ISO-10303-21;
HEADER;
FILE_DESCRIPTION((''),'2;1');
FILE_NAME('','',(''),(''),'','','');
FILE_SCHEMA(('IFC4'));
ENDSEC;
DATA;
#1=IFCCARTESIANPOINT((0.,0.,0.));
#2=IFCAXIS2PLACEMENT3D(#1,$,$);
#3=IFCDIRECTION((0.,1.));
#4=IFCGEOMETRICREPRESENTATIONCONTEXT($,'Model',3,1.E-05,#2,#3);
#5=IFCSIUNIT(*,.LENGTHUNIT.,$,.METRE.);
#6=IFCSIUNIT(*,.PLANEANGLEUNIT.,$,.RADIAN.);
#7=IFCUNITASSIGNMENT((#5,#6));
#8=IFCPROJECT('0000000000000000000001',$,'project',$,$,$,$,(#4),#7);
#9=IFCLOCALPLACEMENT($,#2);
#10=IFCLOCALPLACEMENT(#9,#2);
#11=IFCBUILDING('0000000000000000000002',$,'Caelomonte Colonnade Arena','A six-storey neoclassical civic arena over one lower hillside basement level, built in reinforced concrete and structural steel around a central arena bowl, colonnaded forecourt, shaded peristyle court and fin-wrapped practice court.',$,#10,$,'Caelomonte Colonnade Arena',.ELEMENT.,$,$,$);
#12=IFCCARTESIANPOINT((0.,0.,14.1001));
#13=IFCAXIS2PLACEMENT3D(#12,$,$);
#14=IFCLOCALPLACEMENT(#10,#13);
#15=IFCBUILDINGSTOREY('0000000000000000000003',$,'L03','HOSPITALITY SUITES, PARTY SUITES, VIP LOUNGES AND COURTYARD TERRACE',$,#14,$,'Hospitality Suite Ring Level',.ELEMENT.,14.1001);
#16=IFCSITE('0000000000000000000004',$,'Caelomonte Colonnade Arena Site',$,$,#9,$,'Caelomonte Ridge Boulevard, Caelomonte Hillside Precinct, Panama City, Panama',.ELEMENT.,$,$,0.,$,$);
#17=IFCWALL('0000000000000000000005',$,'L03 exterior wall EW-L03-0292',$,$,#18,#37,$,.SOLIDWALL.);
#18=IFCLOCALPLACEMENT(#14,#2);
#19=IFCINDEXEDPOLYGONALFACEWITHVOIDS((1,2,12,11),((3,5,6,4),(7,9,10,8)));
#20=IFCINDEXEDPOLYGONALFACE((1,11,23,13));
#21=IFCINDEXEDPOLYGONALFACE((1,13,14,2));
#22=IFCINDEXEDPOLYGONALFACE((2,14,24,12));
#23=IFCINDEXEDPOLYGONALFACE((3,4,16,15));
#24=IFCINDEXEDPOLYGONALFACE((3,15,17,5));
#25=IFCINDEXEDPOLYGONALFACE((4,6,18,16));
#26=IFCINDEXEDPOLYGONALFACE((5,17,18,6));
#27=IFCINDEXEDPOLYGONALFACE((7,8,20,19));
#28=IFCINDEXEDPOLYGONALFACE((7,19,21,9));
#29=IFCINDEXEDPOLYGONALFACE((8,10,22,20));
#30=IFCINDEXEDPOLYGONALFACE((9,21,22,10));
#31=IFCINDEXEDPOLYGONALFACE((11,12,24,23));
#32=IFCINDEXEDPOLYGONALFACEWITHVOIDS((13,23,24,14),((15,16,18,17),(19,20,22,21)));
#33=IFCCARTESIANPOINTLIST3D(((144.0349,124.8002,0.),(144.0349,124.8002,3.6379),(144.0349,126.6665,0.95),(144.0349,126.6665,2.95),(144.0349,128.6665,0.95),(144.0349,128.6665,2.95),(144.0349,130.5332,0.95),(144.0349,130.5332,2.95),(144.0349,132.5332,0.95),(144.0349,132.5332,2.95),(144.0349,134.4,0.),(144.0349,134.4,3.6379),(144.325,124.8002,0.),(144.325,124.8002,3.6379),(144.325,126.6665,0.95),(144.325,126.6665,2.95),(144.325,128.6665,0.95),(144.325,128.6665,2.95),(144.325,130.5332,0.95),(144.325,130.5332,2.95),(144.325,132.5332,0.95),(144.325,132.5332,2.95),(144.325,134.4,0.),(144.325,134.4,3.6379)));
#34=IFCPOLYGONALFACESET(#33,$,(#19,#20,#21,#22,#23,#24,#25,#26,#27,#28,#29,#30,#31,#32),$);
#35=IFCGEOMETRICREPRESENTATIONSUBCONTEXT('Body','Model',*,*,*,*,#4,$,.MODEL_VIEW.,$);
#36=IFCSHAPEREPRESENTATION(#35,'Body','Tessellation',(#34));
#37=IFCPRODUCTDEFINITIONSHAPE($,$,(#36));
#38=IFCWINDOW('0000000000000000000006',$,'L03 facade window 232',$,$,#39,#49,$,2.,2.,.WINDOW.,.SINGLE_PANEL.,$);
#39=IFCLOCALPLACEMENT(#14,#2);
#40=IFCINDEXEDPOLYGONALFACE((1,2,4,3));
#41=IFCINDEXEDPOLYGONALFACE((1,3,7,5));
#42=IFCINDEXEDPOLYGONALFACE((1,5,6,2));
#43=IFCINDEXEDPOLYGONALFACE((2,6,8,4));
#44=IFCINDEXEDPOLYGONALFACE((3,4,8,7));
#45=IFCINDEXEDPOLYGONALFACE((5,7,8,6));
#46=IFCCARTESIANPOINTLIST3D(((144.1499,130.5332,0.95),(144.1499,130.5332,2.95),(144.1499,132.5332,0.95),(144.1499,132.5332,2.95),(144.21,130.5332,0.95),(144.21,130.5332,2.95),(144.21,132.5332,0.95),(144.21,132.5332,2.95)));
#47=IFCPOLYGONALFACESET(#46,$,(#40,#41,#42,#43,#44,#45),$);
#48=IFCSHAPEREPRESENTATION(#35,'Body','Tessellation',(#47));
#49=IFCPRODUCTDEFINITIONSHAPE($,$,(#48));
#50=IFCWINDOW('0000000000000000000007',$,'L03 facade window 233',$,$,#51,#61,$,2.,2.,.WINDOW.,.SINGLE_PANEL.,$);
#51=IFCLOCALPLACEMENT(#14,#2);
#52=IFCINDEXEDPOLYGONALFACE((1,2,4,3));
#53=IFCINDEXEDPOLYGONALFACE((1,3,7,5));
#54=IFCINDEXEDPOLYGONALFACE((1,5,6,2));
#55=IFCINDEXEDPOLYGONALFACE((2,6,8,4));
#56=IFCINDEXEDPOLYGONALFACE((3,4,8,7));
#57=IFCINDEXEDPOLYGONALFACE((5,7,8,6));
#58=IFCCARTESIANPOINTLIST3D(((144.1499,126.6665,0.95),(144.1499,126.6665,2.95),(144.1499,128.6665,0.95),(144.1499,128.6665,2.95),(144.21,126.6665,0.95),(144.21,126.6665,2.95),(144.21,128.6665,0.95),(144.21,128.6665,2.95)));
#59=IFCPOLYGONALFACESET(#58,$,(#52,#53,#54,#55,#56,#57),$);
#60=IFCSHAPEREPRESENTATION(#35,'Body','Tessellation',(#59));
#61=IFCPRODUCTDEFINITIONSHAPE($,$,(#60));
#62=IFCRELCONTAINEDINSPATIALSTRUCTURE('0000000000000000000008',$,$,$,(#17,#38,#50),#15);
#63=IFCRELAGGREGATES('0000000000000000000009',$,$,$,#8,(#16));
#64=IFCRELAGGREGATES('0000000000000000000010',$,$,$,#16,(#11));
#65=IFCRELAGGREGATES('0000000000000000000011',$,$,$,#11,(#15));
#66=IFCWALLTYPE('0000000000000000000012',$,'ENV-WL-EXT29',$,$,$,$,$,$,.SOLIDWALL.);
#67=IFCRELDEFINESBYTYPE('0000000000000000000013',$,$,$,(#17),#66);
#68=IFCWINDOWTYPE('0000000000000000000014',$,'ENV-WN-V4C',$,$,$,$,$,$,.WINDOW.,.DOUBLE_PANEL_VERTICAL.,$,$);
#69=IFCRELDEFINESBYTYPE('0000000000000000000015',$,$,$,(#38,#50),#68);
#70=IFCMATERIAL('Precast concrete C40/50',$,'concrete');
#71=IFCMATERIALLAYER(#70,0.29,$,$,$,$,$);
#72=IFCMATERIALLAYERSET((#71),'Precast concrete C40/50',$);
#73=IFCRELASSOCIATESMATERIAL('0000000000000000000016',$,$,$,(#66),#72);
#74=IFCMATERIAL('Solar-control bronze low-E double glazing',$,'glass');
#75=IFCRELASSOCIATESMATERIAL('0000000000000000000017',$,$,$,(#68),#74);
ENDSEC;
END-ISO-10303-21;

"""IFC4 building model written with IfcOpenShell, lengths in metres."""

from ifc_helpers import new_model, si_unit, direction, frame, frame_2d, origin, place, context, subcontext, project, spatial, rectangle, extrude, material, layer, layer_set, type_object, element, fill, save


model = new_model("IFC4")

# Units and contexts
model_context = context("Model", 3, precision=1e-05, world=origin(), true_north=direction((0.0, 1.0)))
body_context = subcontext(model_context, "Body", "Model", "MODEL_VIEW")
ifc_project = project(units=[si_unit("LENGTHUNIT", "METRE"), si_unit("PLANEANGLEUNIT", "RADIAN")], contexts=[model_context])

# Site, building, storey
site_placement = place(None, origin())
site = spatial("IfcSite", under=ifc_project, at=site_placement, Name="Caelomonte Colonnade Arena Site", LongName="Caelomonte Ridge Boulevard, Caelomonte Hillside Precinct, Panama City, Panama", CompositionType="ELEMENT", RefElevation=0.0)
building_placement = place(site_placement, origin())
building = spatial("IfcBuilding", under=site, at=building_placement, Name="Caelomonte Colonnade Arena", Description="A six-storey neoclassical civic arena over one lower hillside basement level, built in reinforced concrete and structural steel around a central arena bowl, colonnaded forecourt, shaded peristyle court and fin-wrapped practice court.", LongName="Caelomonte Colonnade Arena", CompositionType="ELEMENT")
storey_placement = place(building_placement, frame((0.0, 0.0, 14.1001)))
storey = spatial("IfcBuildingStorey", under=building, at=storey_placement, Name="L03", Description="HOSPITALITY SUITES, PARTY SUITES, VIP LOUNGES AND COURTYARD TERRACE", LongName="Hospitality Suite Ring Level", CompositionType="ELEMENT", Elevation=14.1001)

# Shared definitions
ifc_material_1 = material(Name="Solar-control bronze low-E double glazing", Category="glass")

# Shared definitions
ifc_material_2 = material(Name="Precast concrete C40/50", Category="concrete")
ifc_layer_1 = layer(ifc_material_2, 0.29)
ifc_layer_set_1 = layer_set([ifc_layer_1], Name="Precast concrete C40/50")
wall_type = type_object("IfcWallType", Name="ENV-WL-EXT29", PredefinedType="SOLIDWALL", material=ifc_layer_set_1)

# Wall, openings, windows
wall_1_placement = place(storey_placement, frame((144.1799, 134.3999, 0.0), z_axis=(0.0, 0.0, 1.0), x_axis=(0.0, -1.0, 0.0)))
wall_1 = element("IfcWall", 1, at=wall_1_placement, inside=storey, type_object=wall_type, Name="L03 exterior wall EW-L03-0292", PredefinedType="SOLIDWALL", context=body_context, shape_type="SweptSolid", body=[
    extrude(rectangle(XDim=9.5999, YDim=0.29, at=frame_2d((4.7998, 0.0))), origin(), (0.0, 0.0, 1.0), 3.6379),
])
opening_1_placement = place(wall_1_placement, frame((3.8667, 0.0, 0.95), z_axis=(0.0, 0.0, 1.0), x_axis=(-1.0, 0.0, 0.0)))
opening_1 = element("IfcOpeningElement", 2, at=opening_1_placement, cuts=wall_1, PredefinedType="OPENING", context=body_context, shape_type="SweptSolid", body=[
    extrude(rectangle(XDim=2.0, YDim=2.0, at=frame_2d((1.0, 1.0))), frame((0.0, 0.155, 0.0), z_axis=(0.0, -1.0, 0.0), x_axis=(1.0, 0.0, 0.0)), (0.0, 0.0, 1.0), 0.3101),
])
opening_2_placement = place(wall_1_placement, frame((7.7334, 0.0, 0.95), z_axis=(0.0, 0.0, 1.0), x_axis=(-1.0, 0.0, 0.0)))
opening_2 = element("IfcOpeningElement", 3, at=opening_2_placement, cuts=wall_1, PredefinedType="OPENING", context=body_context, shape_type="SweptSolid", body=[
    extrude(rectangle(XDim=2.0, YDim=2.0, at=frame_2d((1.0, 1.0))), frame((0.0, 0.155, 0.0), z_axis=(0.0, -1.0, 0.0), x_axis=(1.0, 0.0, 0.0)), (0.0, 0.0, 1.0), 0.3101),
])
window_type = type_object("IfcWindowType", Name="ENV-WN-V4C", PartitioningType="DOUBLE_PANEL_VERTICAL", PredefinedType="WINDOW", material=ifc_material_1)
window_1_placement = place(opening_1_placement, origin())
window_1 = element("IfcWindow", 4, at=window_1_placement, inside=storey, type_object=window_type, Name="L03 facade window 232", OverallHeight=2.0, OverallWidth=2.0, PartitioningType="SINGLE_PANEL", PredefinedType="WINDOW", context=body_context, shape_type="SweptSolid", body=[
    extrude(rectangle(XDim=2.0, YDim=2.0, at=frame_2d((1.0, 1.0))), frame((0.0, 0.03, 0.0), z_axis=(0.0, -1.0, 0.0), x_axis=(1.0, 0.0, 0.0)), (0.0, 0.0, 1.0), 0.0601),
])
fill(opening_1, window_1)
window_2_placement = place(opening_2_placement, origin())
window_2 = element("IfcWindow", 5, at=window_2_placement, inside=storey, type_object=window_type, Name="L03 facade window 233", OverallHeight=2.0, OverallWidth=2.0, PartitioningType="SINGLE_PANEL", PredefinedType="WINDOW", context=body_context, shape_type="SweptSolid", body=[
    extrude(rectangle(XDim=2.0, YDim=2.0, at=frame_2d((1.0, 1.0))), frame((0.0, 0.03, 0.0), z_axis=(0.0, -1.0, 0.0), x_axis=(1.0, 0.0, 0.0)), (0.0, 0.0, 1.0), 0.0601),
])
fill(opening_2, window_2)

save(model, "model.ifc")
